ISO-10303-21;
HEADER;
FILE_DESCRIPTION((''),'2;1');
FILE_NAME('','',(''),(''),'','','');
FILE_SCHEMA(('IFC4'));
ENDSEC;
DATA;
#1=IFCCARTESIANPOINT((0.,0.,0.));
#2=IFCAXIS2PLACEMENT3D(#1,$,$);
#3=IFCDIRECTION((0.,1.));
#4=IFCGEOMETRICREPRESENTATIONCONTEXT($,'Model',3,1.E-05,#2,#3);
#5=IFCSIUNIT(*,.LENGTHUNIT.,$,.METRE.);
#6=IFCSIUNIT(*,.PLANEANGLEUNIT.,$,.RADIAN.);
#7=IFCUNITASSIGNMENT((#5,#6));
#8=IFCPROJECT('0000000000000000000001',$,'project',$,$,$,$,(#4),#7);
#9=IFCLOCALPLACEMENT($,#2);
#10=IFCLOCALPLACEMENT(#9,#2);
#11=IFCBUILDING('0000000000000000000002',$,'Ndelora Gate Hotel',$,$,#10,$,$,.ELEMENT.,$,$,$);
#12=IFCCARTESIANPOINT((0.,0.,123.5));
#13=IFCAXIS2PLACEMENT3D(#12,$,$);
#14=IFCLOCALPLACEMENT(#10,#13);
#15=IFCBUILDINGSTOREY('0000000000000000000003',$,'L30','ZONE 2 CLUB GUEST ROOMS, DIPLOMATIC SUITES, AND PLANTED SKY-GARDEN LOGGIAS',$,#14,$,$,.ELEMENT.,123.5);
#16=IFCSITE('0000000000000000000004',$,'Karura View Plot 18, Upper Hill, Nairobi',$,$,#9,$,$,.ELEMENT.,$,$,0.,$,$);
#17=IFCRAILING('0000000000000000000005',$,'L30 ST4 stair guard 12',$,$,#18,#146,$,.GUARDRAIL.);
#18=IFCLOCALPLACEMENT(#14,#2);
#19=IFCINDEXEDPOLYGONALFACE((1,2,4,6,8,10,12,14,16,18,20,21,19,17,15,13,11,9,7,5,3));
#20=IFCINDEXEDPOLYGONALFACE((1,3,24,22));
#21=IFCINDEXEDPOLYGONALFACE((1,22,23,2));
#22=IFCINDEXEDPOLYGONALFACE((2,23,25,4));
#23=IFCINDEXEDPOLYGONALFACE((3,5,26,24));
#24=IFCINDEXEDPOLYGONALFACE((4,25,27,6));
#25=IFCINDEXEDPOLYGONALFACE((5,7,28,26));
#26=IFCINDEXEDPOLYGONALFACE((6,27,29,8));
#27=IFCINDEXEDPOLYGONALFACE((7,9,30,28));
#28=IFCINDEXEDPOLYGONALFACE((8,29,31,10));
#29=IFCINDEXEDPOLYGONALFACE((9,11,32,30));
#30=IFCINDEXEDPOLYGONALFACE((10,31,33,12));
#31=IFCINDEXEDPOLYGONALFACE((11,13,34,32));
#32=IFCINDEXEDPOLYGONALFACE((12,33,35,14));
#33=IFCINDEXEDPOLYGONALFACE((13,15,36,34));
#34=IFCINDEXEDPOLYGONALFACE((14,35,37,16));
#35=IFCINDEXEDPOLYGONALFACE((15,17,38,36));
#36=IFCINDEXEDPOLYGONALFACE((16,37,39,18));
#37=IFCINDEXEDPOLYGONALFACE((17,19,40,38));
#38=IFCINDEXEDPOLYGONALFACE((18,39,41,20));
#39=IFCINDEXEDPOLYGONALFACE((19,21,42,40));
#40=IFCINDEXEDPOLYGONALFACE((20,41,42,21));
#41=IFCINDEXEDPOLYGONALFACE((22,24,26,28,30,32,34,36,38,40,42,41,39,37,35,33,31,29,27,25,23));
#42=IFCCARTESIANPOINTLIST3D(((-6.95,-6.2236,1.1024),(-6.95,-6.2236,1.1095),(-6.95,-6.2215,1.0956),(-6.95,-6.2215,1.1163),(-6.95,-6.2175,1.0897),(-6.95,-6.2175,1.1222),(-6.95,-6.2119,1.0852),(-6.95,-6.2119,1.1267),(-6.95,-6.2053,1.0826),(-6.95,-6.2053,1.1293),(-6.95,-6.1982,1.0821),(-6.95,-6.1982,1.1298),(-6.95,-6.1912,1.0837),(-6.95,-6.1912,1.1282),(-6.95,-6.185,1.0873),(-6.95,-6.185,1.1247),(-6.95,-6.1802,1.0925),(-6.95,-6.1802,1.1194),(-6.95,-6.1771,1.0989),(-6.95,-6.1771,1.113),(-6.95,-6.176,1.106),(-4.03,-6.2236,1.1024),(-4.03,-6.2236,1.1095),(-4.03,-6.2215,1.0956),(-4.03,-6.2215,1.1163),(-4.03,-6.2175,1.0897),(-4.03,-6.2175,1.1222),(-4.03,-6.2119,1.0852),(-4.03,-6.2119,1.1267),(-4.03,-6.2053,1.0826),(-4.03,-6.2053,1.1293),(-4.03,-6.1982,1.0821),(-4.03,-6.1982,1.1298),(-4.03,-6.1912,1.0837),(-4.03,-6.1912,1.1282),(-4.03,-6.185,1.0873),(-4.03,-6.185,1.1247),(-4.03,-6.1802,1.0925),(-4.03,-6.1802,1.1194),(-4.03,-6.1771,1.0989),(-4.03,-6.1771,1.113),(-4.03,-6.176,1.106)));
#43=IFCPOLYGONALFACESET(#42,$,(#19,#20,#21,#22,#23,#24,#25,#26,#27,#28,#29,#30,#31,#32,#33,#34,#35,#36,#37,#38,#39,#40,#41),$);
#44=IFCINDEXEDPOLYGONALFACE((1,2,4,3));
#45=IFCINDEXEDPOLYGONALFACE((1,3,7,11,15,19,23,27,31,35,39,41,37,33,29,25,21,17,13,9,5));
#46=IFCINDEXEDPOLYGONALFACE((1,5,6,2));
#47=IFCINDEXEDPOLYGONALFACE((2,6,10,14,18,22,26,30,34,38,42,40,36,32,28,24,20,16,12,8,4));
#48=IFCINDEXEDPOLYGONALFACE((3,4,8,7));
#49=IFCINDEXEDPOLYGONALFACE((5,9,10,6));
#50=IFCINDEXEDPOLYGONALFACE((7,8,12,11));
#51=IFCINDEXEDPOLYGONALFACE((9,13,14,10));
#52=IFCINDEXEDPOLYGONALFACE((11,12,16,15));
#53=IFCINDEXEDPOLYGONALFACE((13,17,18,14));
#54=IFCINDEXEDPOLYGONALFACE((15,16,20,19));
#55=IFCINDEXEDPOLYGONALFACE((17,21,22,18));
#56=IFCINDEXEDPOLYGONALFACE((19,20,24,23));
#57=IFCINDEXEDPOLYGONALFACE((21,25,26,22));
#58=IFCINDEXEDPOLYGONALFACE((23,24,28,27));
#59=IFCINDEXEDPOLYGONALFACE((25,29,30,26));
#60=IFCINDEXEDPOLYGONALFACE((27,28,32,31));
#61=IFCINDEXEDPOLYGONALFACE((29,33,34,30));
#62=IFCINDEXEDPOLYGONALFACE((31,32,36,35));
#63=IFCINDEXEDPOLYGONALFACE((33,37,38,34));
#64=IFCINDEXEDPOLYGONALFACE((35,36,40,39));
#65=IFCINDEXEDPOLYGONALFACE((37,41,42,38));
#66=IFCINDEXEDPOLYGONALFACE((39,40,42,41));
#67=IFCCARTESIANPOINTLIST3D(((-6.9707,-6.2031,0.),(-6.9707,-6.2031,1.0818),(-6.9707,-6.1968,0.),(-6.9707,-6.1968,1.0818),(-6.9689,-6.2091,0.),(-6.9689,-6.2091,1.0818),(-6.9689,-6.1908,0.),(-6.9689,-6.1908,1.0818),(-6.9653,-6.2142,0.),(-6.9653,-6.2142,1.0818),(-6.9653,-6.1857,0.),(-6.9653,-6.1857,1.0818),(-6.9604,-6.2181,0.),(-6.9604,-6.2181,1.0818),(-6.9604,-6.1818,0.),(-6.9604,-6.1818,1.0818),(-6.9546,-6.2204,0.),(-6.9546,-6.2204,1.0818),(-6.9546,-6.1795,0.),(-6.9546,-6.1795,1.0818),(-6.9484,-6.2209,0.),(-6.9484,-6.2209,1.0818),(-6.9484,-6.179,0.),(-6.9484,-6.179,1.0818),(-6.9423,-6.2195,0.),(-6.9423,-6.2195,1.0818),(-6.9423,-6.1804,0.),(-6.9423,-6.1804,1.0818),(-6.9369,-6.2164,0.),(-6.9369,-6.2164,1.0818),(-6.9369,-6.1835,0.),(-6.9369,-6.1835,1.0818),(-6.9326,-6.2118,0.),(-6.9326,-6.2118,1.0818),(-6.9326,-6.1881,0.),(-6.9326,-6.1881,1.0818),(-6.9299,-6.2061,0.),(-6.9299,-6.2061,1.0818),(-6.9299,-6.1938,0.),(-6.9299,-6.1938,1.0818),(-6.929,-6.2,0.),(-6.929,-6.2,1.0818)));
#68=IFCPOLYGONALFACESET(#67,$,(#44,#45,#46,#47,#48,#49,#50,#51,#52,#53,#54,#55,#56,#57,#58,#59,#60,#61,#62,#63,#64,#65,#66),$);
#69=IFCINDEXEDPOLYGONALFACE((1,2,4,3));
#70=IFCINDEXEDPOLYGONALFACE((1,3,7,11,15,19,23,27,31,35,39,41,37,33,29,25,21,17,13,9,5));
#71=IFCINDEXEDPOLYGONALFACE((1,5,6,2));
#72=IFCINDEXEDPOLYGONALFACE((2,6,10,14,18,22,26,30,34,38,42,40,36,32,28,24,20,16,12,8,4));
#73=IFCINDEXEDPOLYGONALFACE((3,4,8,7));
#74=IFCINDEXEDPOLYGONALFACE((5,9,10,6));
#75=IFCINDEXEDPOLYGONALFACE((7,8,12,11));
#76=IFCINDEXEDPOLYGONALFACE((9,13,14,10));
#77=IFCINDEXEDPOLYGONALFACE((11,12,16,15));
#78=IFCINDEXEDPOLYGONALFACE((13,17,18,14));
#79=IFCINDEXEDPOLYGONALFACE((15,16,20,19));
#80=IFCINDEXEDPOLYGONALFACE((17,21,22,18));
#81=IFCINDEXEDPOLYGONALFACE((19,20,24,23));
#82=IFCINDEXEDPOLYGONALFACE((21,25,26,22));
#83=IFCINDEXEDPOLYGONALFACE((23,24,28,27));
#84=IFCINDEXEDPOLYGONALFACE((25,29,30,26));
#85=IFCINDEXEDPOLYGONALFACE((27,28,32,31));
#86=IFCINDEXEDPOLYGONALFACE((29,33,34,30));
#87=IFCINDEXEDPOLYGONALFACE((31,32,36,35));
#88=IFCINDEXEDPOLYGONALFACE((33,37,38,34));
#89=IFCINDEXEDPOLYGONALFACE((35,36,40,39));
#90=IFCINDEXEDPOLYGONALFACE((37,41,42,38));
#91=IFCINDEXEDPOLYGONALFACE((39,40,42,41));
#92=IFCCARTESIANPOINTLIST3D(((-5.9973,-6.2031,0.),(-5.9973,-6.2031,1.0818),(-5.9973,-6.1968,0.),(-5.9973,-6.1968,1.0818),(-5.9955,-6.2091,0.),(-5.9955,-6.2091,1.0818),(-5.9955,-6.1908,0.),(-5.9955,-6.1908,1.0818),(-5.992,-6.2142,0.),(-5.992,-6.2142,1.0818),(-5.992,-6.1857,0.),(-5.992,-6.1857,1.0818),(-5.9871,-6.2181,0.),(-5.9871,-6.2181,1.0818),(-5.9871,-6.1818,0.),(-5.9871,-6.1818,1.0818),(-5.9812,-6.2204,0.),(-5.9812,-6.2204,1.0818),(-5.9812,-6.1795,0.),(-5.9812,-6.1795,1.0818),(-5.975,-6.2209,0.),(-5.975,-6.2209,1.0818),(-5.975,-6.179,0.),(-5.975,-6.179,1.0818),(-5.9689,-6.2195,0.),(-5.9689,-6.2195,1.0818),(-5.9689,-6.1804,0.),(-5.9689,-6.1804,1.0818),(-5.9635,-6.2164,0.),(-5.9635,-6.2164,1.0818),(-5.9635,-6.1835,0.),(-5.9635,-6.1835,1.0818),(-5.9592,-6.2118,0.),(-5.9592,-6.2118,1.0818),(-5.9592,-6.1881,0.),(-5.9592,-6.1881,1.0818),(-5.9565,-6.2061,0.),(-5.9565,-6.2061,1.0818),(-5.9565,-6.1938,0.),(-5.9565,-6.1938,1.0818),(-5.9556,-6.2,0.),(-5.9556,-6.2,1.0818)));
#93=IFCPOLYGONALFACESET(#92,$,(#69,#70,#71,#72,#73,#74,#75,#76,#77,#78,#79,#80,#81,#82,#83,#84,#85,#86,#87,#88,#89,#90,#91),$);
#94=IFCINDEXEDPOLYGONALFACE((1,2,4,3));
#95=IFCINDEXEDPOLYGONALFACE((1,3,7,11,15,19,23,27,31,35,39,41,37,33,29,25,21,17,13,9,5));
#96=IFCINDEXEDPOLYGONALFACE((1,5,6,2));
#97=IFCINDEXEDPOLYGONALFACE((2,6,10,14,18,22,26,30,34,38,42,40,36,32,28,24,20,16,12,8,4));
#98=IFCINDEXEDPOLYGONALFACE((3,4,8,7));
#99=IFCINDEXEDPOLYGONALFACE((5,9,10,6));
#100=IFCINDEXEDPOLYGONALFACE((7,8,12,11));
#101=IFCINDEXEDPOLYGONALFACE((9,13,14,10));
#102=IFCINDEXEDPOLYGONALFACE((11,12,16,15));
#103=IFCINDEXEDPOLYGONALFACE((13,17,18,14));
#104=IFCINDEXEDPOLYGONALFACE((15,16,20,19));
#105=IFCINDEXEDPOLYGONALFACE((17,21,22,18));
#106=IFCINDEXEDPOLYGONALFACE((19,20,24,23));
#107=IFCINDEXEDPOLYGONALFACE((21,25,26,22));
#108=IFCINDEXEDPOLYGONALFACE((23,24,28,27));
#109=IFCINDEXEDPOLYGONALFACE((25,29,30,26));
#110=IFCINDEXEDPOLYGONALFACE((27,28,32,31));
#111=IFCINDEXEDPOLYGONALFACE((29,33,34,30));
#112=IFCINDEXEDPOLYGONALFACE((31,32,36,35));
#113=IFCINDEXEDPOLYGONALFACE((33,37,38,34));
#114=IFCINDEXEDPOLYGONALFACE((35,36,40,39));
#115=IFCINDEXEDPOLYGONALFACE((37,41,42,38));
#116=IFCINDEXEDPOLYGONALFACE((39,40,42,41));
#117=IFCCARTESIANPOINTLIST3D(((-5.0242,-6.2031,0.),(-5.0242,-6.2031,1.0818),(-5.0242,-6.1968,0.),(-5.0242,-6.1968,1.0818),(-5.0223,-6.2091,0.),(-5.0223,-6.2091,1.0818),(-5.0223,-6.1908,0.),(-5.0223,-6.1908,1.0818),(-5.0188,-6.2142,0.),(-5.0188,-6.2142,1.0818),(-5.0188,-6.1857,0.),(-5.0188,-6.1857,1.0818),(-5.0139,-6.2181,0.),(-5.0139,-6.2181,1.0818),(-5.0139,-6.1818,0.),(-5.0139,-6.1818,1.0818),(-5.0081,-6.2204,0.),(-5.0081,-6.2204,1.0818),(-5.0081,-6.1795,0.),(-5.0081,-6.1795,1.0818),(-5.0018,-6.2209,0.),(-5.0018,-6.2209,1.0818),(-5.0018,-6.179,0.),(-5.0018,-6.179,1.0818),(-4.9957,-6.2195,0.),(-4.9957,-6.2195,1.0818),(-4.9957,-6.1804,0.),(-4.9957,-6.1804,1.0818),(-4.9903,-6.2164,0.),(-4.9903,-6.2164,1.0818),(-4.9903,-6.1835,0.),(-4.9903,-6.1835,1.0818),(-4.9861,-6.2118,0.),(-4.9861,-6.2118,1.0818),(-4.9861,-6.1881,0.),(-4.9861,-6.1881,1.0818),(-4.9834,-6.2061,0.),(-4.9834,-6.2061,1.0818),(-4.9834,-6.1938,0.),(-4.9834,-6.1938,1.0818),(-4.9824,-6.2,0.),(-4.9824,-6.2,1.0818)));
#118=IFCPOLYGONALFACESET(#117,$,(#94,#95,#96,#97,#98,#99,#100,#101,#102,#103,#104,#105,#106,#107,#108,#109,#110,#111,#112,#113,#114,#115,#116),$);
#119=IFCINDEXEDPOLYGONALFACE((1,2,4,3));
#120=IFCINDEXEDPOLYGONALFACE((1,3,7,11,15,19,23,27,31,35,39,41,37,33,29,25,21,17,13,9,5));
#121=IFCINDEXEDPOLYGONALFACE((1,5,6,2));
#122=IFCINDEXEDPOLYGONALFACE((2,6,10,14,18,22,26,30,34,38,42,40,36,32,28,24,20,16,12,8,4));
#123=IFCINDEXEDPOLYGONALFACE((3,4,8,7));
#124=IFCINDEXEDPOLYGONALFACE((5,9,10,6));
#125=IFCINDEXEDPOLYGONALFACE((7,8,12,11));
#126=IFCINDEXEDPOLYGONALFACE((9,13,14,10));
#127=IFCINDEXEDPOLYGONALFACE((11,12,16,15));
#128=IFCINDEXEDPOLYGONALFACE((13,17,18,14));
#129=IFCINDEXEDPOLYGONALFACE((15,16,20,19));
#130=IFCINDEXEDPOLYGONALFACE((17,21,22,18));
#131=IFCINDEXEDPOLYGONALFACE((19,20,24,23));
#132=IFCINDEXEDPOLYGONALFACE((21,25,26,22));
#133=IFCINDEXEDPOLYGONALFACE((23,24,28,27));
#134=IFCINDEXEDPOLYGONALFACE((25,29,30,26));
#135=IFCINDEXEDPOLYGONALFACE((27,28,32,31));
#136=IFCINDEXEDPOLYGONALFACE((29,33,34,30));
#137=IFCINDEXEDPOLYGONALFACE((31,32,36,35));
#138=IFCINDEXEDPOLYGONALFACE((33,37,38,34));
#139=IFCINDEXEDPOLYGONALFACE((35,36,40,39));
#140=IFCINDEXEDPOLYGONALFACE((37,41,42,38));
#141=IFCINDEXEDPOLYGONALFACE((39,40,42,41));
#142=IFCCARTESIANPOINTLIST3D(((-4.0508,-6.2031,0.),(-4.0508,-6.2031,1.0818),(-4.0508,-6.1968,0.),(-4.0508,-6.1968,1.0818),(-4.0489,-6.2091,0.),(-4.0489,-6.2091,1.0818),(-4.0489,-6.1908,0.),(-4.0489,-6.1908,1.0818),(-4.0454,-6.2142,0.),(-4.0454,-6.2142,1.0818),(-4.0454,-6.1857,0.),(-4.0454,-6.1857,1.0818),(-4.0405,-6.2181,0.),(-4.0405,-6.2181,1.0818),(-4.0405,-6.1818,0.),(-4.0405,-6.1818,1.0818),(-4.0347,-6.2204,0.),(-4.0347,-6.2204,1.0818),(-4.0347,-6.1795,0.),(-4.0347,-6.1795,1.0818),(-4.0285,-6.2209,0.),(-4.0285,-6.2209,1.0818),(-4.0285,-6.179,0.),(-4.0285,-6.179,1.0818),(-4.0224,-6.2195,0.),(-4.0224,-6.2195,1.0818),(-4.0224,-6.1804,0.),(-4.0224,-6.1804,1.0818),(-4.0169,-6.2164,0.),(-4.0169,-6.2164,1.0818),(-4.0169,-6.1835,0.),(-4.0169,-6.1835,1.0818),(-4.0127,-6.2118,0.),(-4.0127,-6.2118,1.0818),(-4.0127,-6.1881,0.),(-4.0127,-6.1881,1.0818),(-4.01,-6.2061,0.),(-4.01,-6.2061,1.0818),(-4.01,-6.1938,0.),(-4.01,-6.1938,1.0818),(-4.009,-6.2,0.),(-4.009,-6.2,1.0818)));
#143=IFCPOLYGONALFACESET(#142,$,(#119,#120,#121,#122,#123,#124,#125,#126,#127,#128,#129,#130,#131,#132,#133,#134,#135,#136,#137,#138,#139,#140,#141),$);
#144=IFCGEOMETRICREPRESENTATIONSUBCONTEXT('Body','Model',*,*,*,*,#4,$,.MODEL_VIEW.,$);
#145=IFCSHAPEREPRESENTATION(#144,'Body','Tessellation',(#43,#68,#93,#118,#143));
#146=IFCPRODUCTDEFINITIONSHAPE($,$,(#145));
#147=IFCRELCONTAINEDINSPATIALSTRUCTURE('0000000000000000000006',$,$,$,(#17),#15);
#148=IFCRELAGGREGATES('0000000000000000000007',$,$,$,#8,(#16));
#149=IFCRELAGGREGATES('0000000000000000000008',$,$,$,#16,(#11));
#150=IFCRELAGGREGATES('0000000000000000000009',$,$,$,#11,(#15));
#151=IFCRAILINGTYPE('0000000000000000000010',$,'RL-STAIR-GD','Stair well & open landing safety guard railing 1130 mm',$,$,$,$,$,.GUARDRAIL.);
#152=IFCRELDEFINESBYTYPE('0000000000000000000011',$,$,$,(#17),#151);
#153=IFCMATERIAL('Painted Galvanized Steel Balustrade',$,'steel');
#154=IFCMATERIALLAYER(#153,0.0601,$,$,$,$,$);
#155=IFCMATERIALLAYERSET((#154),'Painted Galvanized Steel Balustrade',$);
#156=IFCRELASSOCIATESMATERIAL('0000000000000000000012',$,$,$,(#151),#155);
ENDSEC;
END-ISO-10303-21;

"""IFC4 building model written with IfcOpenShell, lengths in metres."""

from ifc_helpers import new_model, si_unit, direction, frame, origin, origin_2d, place, context, subcontext, project, spatial, circle, extrude, material, layer, layer_set, type_object, element, save


model = new_model("IFC4")

# Units and contexts
model_context = context("Model", 3, precision=1e-05, world=origin(), true_north=direction((0.0, 1.0)))
body_context = subcontext(model_context, "Body", "Model", "MODEL_VIEW")
ifc_project = project(units=[si_unit("LENGTHUNIT", "METRE"), si_unit("PLANEANGLEUNIT", "RADIAN")], contexts=[model_context])

# Site, building, storey
site_placement = place(None, origin())
site = spatial("IfcSite", under=ifc_project, at=site_placement, Name="Karura View Plot 18, Upper Hill, Nairobi", CompositionType="ELEMENT", RefElevation=0.0)
building_placement = place(site_placement, origin())
building = spatial("IfcBuilding", under=site, at=building_placement, Name="Ndelora Gate Hotel", CompositionType="ELEMENT")
storey_placement = place(building_placement, frame((0.0, 0.0, 123.5)))
storey = spatial("IfcBuildingStorey", under=building, at=storey_placement, Name="L30", Description="ZONE 2 CLUB GUEST ROOMS, DIPLOMATIC SUITES, AND PLANTED SKY-GARDEN LOGGIAS", CompositionType="ELEMENT", Elevation=123.5)

# Railing
ifc_material_1 = material(Name="Painted Galvanized Steel Balustrade", Category="steel")
ifc_layer_1 = layer(ifc_material_1, 0.0601)
ifc_layer_set_1 = layer_set([ifc_layer_1], Name="Painted Galvanized Steel Balustrade")
railing_type_1 = type_object("IfcRailingType", Name="RL-STAIR-GD", Description="Stair well & open landing safety guard railing 1130 mm", PredefinedType="GUARDRAIL", material=ifc_layer_set_1)
railing_1_placement = place(storey_placement, frame((-6.95, -6.2, 0.0)))
element("IfcRailing", 1, at=railing_1_placement, inside=storey, type_object=railing_type_1, Name="L30 ST4 stair guard 12", PredefinedType="GUARDRAIL", context=body_context, shape_type="SweptSolid", body=[
    extrude(circle(Radius=0.0239, at=origin_2d()), frame((0.0, 0.0, 1.106), z_axis=(1.0, 0.0, 0.0), x_axis=(0.0, 1.0, 0.0)), (0.0, 0.0, 1.0), 2.9199),
    extrude(circle(Radius=0.021, at=origin_2d()), origin(), (0.0, 0.0, 1.0), 1.0818),
    extrude(circle(Radius=0.021, at=origin_2d()), frame((0.9734, 0.0, 0.0)), (0.0, 0.0, 1.0), 1.0818),
    extrude(circle(Radius=0.021, at=origin_2d()), frame((1.9465, 0.0, 0.0)), (0.0, 0.0, 1.0), 1.0818),
    extrude(circle(Radius=0.021, at=origin_2d()), frame((2.9199, 0.0, 0.0)), (0.0, 0.0, 1.0), 1.0818),
])

save(model, "model.ifc")
